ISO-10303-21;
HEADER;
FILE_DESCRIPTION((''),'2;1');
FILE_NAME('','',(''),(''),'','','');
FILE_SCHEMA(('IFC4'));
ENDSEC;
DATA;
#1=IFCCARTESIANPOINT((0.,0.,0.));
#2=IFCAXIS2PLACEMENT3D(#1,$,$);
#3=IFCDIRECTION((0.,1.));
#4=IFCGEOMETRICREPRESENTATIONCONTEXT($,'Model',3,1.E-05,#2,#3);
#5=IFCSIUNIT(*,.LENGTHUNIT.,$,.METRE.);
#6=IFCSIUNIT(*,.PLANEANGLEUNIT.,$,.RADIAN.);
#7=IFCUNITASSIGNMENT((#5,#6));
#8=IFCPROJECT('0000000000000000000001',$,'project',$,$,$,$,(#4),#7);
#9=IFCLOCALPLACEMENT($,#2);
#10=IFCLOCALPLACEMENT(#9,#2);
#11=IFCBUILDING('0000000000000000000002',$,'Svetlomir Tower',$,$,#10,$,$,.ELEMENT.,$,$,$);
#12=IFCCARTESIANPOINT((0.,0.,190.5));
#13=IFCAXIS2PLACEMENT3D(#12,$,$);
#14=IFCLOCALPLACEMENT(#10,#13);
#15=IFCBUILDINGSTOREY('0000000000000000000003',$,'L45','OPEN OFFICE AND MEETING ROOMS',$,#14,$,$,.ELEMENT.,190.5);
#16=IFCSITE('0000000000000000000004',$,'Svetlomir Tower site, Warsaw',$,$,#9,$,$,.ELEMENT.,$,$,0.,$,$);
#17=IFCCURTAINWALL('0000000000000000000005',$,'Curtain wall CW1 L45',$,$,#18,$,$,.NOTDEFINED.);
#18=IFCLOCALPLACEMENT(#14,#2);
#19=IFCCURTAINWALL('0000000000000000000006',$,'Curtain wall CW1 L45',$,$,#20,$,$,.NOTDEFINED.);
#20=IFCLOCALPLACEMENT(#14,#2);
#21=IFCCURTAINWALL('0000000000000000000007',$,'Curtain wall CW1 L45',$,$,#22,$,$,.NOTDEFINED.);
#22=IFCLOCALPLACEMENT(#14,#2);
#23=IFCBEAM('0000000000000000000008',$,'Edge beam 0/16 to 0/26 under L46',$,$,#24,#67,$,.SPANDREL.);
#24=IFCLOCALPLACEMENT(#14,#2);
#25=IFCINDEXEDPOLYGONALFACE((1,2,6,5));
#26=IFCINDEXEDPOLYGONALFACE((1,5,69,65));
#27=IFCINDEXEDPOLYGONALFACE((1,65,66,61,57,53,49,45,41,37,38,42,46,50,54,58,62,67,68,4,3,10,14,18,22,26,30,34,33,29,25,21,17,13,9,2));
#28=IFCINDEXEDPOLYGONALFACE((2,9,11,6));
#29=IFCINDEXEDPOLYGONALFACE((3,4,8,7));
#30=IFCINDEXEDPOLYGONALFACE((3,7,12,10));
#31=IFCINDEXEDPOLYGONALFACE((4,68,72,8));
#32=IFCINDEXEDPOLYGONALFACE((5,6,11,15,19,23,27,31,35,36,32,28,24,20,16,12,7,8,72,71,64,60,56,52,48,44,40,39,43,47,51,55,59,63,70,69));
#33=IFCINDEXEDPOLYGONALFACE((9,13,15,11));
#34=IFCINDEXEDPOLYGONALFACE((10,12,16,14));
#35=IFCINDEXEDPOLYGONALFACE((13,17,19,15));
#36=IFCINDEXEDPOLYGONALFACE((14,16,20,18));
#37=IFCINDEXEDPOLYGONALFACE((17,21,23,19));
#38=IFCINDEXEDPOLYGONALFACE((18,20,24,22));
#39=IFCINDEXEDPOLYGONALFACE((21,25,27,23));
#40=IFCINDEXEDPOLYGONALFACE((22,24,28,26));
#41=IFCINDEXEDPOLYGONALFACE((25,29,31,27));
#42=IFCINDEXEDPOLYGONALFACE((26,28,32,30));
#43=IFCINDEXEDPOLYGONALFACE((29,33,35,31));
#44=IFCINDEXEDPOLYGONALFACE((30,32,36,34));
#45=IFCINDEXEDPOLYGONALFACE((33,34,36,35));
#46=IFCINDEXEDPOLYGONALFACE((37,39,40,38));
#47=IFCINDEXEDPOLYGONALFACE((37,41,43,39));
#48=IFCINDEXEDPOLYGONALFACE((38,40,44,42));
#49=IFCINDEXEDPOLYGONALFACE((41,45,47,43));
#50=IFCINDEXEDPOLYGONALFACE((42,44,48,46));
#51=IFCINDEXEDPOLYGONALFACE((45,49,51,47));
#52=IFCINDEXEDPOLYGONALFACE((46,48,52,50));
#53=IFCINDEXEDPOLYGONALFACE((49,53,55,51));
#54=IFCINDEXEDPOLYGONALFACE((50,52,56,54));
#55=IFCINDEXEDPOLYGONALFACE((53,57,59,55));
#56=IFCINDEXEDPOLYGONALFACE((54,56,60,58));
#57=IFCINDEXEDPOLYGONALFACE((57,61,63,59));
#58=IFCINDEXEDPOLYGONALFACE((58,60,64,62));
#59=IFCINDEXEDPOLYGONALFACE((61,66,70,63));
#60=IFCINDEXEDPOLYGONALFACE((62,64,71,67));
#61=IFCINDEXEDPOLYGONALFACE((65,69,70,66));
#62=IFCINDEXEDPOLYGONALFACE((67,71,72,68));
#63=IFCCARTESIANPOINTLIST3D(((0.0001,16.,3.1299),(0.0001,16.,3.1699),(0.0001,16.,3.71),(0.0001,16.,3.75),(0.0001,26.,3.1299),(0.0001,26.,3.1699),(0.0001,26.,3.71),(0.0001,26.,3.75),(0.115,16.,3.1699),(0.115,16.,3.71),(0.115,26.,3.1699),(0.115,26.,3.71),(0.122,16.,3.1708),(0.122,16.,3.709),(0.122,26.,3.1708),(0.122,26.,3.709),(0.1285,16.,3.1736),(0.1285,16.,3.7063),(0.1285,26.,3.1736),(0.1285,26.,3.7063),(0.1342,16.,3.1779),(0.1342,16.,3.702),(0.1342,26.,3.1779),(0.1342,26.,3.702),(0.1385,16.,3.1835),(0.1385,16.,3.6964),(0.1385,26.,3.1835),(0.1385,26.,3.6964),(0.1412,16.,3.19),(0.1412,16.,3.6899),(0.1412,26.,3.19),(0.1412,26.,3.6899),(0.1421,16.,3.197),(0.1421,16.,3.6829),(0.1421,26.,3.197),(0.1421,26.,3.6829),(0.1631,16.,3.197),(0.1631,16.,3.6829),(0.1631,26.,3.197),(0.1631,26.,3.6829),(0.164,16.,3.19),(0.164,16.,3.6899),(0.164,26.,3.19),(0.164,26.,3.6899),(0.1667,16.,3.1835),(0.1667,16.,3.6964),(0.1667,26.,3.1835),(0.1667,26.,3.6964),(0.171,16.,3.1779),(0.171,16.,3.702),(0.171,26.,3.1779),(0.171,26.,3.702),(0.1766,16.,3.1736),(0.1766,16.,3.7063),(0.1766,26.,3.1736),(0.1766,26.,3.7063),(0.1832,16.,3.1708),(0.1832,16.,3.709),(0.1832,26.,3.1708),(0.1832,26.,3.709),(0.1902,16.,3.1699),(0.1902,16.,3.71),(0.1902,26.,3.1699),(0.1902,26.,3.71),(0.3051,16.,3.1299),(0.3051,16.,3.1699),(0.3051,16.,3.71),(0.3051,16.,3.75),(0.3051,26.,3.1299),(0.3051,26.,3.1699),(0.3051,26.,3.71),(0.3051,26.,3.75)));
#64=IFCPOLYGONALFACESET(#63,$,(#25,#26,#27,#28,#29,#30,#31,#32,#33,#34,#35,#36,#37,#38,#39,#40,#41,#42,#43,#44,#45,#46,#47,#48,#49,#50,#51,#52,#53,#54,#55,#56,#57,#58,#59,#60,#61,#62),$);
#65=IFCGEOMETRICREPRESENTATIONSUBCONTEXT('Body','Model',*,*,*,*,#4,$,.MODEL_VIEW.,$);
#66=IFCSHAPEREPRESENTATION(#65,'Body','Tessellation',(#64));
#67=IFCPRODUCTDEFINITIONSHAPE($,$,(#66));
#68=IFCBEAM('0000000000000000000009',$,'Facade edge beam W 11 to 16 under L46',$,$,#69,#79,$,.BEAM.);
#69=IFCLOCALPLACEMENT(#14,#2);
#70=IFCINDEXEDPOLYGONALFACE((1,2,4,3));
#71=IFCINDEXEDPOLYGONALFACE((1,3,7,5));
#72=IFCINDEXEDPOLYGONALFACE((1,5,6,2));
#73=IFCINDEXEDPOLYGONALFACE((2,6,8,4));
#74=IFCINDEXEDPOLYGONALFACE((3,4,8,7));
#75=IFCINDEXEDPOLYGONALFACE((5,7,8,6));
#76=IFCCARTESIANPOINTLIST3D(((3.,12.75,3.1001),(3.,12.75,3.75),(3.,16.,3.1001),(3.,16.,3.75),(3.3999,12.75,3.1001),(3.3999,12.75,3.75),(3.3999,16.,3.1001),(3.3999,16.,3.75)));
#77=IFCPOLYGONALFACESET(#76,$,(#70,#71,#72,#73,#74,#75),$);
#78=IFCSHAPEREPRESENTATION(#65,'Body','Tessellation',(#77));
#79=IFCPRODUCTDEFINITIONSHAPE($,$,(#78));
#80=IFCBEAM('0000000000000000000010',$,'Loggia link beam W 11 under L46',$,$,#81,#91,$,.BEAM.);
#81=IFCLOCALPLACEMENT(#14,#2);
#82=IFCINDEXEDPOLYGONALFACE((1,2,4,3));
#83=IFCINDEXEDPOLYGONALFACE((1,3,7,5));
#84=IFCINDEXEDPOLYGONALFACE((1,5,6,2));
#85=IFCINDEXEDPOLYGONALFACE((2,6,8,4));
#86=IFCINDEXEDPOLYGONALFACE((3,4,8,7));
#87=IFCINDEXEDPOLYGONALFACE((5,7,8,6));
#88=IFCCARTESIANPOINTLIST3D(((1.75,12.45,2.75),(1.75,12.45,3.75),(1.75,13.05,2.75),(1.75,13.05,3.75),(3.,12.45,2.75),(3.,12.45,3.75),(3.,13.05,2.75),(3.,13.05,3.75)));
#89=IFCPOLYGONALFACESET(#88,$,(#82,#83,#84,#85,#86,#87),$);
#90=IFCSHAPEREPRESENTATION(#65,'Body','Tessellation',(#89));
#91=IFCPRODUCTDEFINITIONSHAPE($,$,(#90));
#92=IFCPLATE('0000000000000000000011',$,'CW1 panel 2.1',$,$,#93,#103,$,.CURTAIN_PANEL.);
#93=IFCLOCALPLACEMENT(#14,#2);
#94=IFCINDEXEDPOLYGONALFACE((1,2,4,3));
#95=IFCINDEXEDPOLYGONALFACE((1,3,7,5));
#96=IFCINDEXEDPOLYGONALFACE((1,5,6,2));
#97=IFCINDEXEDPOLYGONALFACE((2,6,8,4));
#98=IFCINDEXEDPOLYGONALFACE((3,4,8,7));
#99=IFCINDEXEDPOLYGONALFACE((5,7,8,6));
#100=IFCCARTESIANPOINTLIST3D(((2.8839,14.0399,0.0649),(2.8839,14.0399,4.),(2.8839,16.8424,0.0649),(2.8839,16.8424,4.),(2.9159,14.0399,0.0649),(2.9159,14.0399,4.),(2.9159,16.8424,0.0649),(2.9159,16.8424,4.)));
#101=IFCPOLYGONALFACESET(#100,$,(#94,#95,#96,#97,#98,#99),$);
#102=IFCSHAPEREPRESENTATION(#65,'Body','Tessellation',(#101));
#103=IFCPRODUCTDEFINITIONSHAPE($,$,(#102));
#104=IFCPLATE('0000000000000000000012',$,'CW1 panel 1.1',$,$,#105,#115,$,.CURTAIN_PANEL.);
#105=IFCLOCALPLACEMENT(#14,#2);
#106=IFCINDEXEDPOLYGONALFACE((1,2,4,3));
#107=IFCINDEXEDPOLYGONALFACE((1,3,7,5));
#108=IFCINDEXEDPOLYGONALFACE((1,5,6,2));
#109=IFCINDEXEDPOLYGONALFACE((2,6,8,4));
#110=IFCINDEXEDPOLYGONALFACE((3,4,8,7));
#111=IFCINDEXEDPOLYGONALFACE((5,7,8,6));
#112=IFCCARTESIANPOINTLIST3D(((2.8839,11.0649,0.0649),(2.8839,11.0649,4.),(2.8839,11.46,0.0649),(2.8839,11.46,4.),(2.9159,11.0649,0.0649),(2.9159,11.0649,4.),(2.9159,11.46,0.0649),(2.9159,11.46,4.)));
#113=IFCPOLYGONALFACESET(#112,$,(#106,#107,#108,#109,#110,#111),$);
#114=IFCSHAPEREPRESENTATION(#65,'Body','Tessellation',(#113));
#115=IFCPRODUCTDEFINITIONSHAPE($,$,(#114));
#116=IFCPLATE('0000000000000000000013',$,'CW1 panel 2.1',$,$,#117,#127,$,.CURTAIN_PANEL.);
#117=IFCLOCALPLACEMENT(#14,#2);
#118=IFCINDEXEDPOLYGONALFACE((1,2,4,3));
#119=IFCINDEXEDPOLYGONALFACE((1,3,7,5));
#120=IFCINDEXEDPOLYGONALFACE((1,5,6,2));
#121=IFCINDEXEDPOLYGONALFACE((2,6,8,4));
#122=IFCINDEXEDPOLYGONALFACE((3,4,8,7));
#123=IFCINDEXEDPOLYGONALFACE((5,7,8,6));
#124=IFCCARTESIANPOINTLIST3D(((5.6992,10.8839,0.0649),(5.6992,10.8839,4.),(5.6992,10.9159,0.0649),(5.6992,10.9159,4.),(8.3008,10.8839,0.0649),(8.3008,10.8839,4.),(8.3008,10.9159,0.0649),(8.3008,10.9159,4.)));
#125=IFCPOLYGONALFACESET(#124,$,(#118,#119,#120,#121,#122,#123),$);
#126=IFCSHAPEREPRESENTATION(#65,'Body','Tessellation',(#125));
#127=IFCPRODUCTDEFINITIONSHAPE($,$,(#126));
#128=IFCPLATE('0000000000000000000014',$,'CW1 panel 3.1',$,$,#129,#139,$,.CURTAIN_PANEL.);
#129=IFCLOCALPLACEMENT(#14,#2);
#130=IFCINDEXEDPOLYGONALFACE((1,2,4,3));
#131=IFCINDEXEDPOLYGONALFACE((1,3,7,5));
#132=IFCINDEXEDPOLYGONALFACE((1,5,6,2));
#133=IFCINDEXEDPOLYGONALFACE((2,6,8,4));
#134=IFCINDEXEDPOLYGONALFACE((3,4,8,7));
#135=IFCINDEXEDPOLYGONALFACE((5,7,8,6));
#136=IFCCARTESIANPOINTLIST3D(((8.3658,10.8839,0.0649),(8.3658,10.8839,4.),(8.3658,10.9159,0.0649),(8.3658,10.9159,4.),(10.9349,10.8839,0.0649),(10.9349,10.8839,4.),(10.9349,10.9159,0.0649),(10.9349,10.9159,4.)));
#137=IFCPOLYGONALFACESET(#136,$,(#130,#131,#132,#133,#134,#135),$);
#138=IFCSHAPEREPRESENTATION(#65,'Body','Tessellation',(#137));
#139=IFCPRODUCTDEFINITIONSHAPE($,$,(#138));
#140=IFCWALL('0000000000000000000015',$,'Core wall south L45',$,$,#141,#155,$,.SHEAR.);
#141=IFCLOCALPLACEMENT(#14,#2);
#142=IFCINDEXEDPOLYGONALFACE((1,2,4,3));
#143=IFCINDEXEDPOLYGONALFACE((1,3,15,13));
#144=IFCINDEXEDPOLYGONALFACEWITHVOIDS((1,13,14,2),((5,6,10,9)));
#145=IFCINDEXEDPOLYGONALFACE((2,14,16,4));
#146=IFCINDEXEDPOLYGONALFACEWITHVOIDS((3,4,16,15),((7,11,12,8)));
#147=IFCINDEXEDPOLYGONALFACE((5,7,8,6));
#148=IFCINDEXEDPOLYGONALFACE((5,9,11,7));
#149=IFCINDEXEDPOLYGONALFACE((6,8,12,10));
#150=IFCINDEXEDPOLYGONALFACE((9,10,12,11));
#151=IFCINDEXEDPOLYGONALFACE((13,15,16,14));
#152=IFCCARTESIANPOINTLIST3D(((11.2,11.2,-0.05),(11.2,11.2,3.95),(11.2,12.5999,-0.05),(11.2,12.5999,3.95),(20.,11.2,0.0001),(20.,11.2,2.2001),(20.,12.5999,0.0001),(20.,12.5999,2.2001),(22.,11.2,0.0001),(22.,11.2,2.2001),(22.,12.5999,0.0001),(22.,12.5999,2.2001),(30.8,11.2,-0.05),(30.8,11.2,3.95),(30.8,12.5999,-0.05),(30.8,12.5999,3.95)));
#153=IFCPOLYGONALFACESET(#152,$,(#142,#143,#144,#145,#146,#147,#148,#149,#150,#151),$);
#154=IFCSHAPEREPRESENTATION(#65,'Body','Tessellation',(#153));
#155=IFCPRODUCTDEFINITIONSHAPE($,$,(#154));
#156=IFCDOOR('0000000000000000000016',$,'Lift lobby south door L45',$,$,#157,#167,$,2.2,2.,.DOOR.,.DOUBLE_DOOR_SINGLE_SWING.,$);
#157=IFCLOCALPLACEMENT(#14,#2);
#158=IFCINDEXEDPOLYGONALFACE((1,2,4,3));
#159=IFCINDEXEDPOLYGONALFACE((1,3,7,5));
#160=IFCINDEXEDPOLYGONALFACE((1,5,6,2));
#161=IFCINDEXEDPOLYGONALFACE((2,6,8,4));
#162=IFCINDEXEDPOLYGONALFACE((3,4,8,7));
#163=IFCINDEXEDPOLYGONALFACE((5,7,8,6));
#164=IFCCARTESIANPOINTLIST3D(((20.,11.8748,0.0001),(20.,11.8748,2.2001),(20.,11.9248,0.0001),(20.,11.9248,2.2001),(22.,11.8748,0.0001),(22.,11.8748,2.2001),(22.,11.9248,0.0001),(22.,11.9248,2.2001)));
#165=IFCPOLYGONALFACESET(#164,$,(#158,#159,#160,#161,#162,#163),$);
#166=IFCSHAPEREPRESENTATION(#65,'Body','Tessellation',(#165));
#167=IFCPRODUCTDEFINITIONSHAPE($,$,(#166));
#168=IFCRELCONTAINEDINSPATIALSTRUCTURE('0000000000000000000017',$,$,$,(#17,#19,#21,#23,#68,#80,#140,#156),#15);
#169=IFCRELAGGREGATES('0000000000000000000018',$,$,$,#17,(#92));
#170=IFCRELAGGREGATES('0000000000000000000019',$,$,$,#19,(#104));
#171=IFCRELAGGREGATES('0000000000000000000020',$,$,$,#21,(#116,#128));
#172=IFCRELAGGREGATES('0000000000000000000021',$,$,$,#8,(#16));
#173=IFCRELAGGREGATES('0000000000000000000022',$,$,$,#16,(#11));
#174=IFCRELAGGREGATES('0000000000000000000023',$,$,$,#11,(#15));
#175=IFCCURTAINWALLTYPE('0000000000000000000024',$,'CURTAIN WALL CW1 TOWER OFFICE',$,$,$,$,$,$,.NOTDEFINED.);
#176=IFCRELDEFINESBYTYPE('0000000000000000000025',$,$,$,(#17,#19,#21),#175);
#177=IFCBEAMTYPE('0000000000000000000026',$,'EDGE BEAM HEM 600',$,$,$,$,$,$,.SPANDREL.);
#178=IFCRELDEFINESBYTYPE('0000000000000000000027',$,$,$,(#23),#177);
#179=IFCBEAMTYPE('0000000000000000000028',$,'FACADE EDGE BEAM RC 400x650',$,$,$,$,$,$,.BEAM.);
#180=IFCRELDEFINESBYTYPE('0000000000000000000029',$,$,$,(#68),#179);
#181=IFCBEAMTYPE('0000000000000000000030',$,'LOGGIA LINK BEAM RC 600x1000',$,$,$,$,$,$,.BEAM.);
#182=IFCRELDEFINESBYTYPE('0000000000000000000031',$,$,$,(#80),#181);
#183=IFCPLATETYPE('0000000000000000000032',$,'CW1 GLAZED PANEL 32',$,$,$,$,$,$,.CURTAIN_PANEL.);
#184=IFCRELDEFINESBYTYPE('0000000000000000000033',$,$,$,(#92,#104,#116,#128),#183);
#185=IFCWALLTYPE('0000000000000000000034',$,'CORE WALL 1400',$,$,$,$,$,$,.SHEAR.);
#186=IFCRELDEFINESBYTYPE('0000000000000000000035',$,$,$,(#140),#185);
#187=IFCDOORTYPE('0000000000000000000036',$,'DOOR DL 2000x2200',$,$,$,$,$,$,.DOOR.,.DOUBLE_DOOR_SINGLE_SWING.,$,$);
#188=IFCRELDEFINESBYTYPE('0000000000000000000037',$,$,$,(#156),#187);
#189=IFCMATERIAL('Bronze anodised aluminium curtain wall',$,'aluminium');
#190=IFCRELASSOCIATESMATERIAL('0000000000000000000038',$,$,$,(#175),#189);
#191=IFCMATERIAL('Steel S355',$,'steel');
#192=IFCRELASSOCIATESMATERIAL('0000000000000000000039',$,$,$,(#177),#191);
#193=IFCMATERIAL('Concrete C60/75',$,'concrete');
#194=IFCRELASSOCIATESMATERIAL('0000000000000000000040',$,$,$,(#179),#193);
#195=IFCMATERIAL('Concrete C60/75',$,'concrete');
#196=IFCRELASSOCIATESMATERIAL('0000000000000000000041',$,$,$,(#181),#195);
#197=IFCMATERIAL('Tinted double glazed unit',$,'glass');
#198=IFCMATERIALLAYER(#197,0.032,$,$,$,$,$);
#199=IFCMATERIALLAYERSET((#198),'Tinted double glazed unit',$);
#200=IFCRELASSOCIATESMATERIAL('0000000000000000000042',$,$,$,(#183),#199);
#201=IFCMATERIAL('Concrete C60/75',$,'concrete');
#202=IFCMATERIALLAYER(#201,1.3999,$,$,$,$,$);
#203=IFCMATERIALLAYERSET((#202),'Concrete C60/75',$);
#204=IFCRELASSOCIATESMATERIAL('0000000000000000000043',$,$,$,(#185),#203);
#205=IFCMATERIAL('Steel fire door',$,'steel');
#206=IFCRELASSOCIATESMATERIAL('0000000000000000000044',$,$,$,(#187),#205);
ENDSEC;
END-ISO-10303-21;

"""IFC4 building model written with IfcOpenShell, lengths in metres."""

from ifc_helpers import new_model, si_unit, direction, frame, frame_2d, origin, origin_2d, place, context, subcontext, project, spatial, rectangle, i_section, extrude, material, layer, layer_set, material_profile, profile_set, type_object, element, fill, aggregate, save


model = new_model("IFC4")

# Units and contexts
model_context = context("Model", 3, precision=1e-05, world=origin(), true_north=direction((0.0, 1.0)))
body_context = subcontext(model_context, "Body", "Model", "MODEL_VIEW")
ifc_project = project(units=[si_unit("LENGTHUNIT", "METRE"), si_unit("PLANEANGLEUNIT", "RADIAN")], contexts=[model_context])

# Site, building, storey
site_placement = place(None, origin())
site = spatial("IfcSite", under=ifc_project, at=site_placement, Name="Svetlomir Tower site, Warsaw", CompositionType="ELEMENT", RefElevation=0.0)
building_placement = place(site_placement, origin())
building = spatial("IfcBuilding", under=site, at=building_placement, Name="Svetlomir Tower", CompositionType="ELEMENT")
storey_placement = place(building_placement, frame((0.0, 0.0, 190.5)))
storey = spatial("IfcBuildingStorey", under=building, at=storey_placement, Name="L45", Description="OPEN OFFICE AND MEETING ROOMS", CompositionType="ELEMENT", Elevation=190.5)

# Curtain wall
ifc_material_1 = material(Name="Bronze anodised aluminium curtain wall", Category="aluminium")
curtain_wall_type = type_object("IfcCurtainWallType", Name="CURTAIN WALL CW1 TOWER OFFICE", PredefinedType="NOTDEFINED", material=ifc_material_1)
curtain_wall_1_placement = place(storey_placement, origin())
curtain_wall_1 = element("IfcCurtainWall", 1, at=curtain_wall_1_placement, inside=storey, type_object=curtain_wall_type, Name="Curtain wall CW1 L45", PredefinedType="NOTDEFINED")

# Curtain walls
curtain_wall_2_placement = place(storey_placement, origin())
curtain_wall_2 = element("IfcCurtainWall", 2, at=curtain_wall_2_placement, inside=storey, type_object=curtain_wall_type, Name="Curtain wall CW1 L45", PredefinedType="NOTDEFINED")
curtain_wall_3_placement = place(storey_placement, origin())
curtain_wall_3 = element("IfcCurtainWall", 3, at=curtain_wall_3_placement, inside=storey, type_object=curtain_wall_type, Name="Curtain wall CW1 L45", PredefinedType="NOTDEFINED")

# Beams
ifc_material_2 = material(Name="Steel S355", Category="steel")
ifc_material_profile_1 = material_profile(ifc_material_2, i_section(OverallWidth=0.3049, OverallDepth=0.6201, WebThickness=0.021, FlangeThickness=0.04, FilletRadius=0.0271, at=origin_2d()), Name="HEM 600")
ifc_profile_set_1 = profile_set([ifc_material_profile_1], Name="Steel S355")
beam_type_1 = type_object("IfcBeamType", Name="EDGE BEAM HEM 600", PredefinedType="SPANDREL", material=ifc_profile_set_1)
beam_1_placement = place(storey_placement, frame((0.1526, 16.0, 3.4399), z_axis=(0.0, 1.0, 0.0), x_axis=(-1.0, 0.0, 0.0)))
element("IfcBeam", 4, at=beam_1_placement, inside=storey, type_object=beam_type_1, Name="Edge beam 0/16 to 0/26 under L46", PredefinedType="SPANDREL", context=body_context, shape_type="SweptSolid", body=[
    extrude(i_section(OverallWidth=0.3049, OverallDepth=0.6201, WebThickness=0.021, FlangeThickness=0.04, FilletRadius=0.0271, at=origin_2d()), origin(), (0.0, 0.0, 1.0), 10.0),
])
ifc_material_3 = material(Name="Concrete C60/75", Category="concrete")
ifc_material_profile_2 = material_profile(ifc_material_3, rectangle(XDim=0.3999, YDim=0.6499, at=origin_2d()), Name="RC 400x650")
ifc_profile_set_2 = profile_set([ifc_material_profile_2], Name="Concrete C60/75")
beam_type_2 = type_object("IfcBeamType", Name="FACADE EDGE BEAM RC 400x650", PredefinedType="BEAM", material=ifc_profile_set_2)
beam_2_placement = place(storey_placement, frame((3.2, 12.75, 3.425), z_axis=(0.0, 1.0, 0.0), x_axis=(-1.0, 0.0, 0.0)))
element("IfcBeam", 5, at=beam_2_placement, inside=storey, type_object=beam_type_2, Name="Facade edge beam W 11 to 16 under L46", PredefinedType="BEAM", context=body_context, shape_type="SweptSolid", body=[
    extrude(rectangle(XDim=0.3999, YDim=0.6499, at=origin_2d()), origin(), (0.0, 0.0, 1.0), 3.25),
])
ifc_material_4 = material(Name="Concrete C60/75", Category="concrete")
ifc_material_profile_3 = material_profile(ifc_material_4, rectangle(XDim=0.6001, YDim=1.0, at=origin_2d()), Name="RC 600x1000")
ifc_profile_set_3 = profile_set([ifc_material_profile_3], Name="Concrete C60/75")
beam_type_3 = type_object("IfcBeamType", Name="LOGGIA LINK BEAM RC 600x1000", PredefinedType="BEAM", material=ifc_profile_set_3)
beam_3_placement = place(storey_placement, frame((1.75, 12.75, 3.25), z_axis=(1.0, 0.0, 0.0), x_axis=(0.0, 1.0, 0.0)))
element("IfcBeam", 6, at=beam_3_placement, inside=storey, type_object=beam_type_3, Name="Loggia link beam W 11 under L46", PredefinedType="BEAM", context=body_context, shape_type="SweptSolid", body=[
    extrude(rectangle(XDim=0.6001, YDim=1.0, at=origin_2d()), origin(), (0.0, 0.0, 1.0), 1.25),
])

# Plates
ifc_material_5 = material(Name="Tinted double glazed unit", Category="glass")
ifc_layer_1 = layer(ifc_material_5, 0.032)
ifc_layer_set_1 = layer_set([ifc_layer_1], Name="Tinted double glazed unit")
plate_type = type_object("IfcPlateType", Name="CW1 GLAZED PANEL 32", PredefinedType="CURTAIN_PANEL", material=ifc_layer_set_1)
plate_1_placement = place(storey_placement, frame((2.8999, 15.4412, 0.0649), z_axis=(0.0, 0.0, 1.0), x_axis=(0.0, -1.0, 0.0)))
plate_1 = element("IfcPlate", 7, at=plate_1_placement, type_object=plate_type, Name="CW1 panel 2.1", PredefinedType="CURTAIN_PANEL", context=body_context, shape_type="SweptSolid", body=[
    extrude(rectangle(XDim=2.8025, YDim=0.032, at=origin_2d()), origin(), (0.0, 0.0, 1.0), 3.9351),
])
aggregate(curtain_wall_1, [plate_1])
plate_2_placement = place(storey_placement, frame((2.8999, 11.2625, 0.0649), z_axis=(0.0, 0.0, 1.0), x_axis=(0.0, -1.0, 0.0)))
plate_2 = element("IfcPlate", 8, at=plate_2_placement, type_object=plate_type, Name="CW1 panel 1.1", PredefinedType="CURTAIN_PANEL", context=body_context, shape_type="SweptSolid", body=[
    extrude(rectangle(XDim=0.395, YDim=0.032, at=origin_2d()), origin(), (0.0, 0.0, 1.0), 3.9351),
])
aggregate(curtain_wall_2, [plate_2])
plate_3_placement = place(storey_placement, frame((7.0, 10.8999, 0.0649), z_axis=(0.0, 0.0, 1.0), x_axis=(1.0, 0.0, 0.0)))
plate_3 = element("IfcPlate", 9, at=plate_3_placement, type_object=plate_type, Name="CW1 panel 2.1", PredefinedType="CURTAIN_PANEL", context=body_context, shape_type="SweptSolid", body=[
    extrude(rectangle(XDim=2.6016, YDim=0.032, at=origin_2d()), origin(), (0.0, 0.0, 1.0), 3.9351),
])
plate_4_placement = place(storey_placement, frame((9.6504, 10.8999, 0.0649), z_axis=(0.0, 0.0, 1.0), x_axis=(1.0, 0.0, 0.0)))
plate_4 = element("IfcPlate", 10, at=plate_4_placement, type_object=plate_type, Name="CW1 panel 3.1", PredefinedType="CURTAIN_PANEL", context=body_context, shape_type="SweptSolid", body=[
    extrude(rectangle(XDim=2.5691, YDim=0.032, at=origin_2d()), origin(), (0.0, 0.0, 1.0), 3.9351),
])
aggregate(curtain_wall_3, [plate_3, plate_4])

# Wall, opening, door
ifc_material_6 = material(Name="Concrete C60/75", Category="concrete")
ifc_layer_2 = layer(ifc_material_6, 1.3999)
ifc_layer_set_2 = layer_set([ifc_layer_2], Name="Concrete C60/75")
wall_type_1 = type_object("IfcWallType", Name="CORE WALL 1400", PredefinedType="SHEAR", material=ifc_layer_set_2)
wall_1_placement = place(storey_placement, frame((11.2, 11.8999, -0.05), z_axis=(0.0, 0.0, 1.0), x_axis=(1.0, 0.0, 0.0)))
wall_1 = element("IfcWall", 11, at=wall_1_placement, inside=storey, type_object=wall_type_1, Name="Core wall south L45", PredefinedType="SHEAR", context=body_context, shape_type="SweptSolid", body=[
    extrude(rectangle(XDim=19.6001, YDim=1.3999, at=frame_2d((9.8, 0.0))), origin(), (0.0, 0.0, 1.0), 4.0),
])
opening_1_placement = place(wall_1_placement, frame((8.8, 0.0, 0.05)))
opening_1 = element("IfcOpeningElement", 12, at=opening_1_placement, cuts=wall_1, PredefinedType="OPENING", context=body_context, shape_type="SweptSolid", body=[
    extrude(rectangle(XDim=2.0, YDim=2.2, at=frame_2d((1.0, 1.1001))), frame((0.0, 0.71, 0.0), z_axis=(0.0, -1.0, 0.0), x_axis=(1.0, 0.0, 0.0)), (0.0, 0.0, 1.0), 1.4199),
])
ifc_material_7 = material(Name="Steel fire door", Category="steel")
door_type_1 = type_object("IfcDoorType", Name="DOOR DL 2000x2200", OperationType="DOUBLE_DOOR_SINGLE_SWING", PredefinedType="DOOR", material=ifc_material_7)
door_1_placement = place(opening_1_placement, origin())
door_1 = element("IfcDoor", 13, at=door_1_placement, inside=storey, type_object=door_type_1, Name="Lift lobby south door L45", OperationType="DOUBLE_DOOR_SINGLE_SWING", OverallHeight=2.2, OverallWidth=2.0, PredefinedType="DOOR", context=body_context, shape_type="SweptSolid", body=[
    extrude(rectangle(XDim=2.0, YDim=2.2, at=frame_2d((1.0, 1.1001))), frame((0.0, 0.0249, 0.0), z_axis=(0.0, -1.0, 0.0), x_axis=(1.0, 0.0, 0.0)), (0.0, 0.0, 1.0), 0.05),
])
fill(opening_1, door_1)

save(model, "model.ifc")
